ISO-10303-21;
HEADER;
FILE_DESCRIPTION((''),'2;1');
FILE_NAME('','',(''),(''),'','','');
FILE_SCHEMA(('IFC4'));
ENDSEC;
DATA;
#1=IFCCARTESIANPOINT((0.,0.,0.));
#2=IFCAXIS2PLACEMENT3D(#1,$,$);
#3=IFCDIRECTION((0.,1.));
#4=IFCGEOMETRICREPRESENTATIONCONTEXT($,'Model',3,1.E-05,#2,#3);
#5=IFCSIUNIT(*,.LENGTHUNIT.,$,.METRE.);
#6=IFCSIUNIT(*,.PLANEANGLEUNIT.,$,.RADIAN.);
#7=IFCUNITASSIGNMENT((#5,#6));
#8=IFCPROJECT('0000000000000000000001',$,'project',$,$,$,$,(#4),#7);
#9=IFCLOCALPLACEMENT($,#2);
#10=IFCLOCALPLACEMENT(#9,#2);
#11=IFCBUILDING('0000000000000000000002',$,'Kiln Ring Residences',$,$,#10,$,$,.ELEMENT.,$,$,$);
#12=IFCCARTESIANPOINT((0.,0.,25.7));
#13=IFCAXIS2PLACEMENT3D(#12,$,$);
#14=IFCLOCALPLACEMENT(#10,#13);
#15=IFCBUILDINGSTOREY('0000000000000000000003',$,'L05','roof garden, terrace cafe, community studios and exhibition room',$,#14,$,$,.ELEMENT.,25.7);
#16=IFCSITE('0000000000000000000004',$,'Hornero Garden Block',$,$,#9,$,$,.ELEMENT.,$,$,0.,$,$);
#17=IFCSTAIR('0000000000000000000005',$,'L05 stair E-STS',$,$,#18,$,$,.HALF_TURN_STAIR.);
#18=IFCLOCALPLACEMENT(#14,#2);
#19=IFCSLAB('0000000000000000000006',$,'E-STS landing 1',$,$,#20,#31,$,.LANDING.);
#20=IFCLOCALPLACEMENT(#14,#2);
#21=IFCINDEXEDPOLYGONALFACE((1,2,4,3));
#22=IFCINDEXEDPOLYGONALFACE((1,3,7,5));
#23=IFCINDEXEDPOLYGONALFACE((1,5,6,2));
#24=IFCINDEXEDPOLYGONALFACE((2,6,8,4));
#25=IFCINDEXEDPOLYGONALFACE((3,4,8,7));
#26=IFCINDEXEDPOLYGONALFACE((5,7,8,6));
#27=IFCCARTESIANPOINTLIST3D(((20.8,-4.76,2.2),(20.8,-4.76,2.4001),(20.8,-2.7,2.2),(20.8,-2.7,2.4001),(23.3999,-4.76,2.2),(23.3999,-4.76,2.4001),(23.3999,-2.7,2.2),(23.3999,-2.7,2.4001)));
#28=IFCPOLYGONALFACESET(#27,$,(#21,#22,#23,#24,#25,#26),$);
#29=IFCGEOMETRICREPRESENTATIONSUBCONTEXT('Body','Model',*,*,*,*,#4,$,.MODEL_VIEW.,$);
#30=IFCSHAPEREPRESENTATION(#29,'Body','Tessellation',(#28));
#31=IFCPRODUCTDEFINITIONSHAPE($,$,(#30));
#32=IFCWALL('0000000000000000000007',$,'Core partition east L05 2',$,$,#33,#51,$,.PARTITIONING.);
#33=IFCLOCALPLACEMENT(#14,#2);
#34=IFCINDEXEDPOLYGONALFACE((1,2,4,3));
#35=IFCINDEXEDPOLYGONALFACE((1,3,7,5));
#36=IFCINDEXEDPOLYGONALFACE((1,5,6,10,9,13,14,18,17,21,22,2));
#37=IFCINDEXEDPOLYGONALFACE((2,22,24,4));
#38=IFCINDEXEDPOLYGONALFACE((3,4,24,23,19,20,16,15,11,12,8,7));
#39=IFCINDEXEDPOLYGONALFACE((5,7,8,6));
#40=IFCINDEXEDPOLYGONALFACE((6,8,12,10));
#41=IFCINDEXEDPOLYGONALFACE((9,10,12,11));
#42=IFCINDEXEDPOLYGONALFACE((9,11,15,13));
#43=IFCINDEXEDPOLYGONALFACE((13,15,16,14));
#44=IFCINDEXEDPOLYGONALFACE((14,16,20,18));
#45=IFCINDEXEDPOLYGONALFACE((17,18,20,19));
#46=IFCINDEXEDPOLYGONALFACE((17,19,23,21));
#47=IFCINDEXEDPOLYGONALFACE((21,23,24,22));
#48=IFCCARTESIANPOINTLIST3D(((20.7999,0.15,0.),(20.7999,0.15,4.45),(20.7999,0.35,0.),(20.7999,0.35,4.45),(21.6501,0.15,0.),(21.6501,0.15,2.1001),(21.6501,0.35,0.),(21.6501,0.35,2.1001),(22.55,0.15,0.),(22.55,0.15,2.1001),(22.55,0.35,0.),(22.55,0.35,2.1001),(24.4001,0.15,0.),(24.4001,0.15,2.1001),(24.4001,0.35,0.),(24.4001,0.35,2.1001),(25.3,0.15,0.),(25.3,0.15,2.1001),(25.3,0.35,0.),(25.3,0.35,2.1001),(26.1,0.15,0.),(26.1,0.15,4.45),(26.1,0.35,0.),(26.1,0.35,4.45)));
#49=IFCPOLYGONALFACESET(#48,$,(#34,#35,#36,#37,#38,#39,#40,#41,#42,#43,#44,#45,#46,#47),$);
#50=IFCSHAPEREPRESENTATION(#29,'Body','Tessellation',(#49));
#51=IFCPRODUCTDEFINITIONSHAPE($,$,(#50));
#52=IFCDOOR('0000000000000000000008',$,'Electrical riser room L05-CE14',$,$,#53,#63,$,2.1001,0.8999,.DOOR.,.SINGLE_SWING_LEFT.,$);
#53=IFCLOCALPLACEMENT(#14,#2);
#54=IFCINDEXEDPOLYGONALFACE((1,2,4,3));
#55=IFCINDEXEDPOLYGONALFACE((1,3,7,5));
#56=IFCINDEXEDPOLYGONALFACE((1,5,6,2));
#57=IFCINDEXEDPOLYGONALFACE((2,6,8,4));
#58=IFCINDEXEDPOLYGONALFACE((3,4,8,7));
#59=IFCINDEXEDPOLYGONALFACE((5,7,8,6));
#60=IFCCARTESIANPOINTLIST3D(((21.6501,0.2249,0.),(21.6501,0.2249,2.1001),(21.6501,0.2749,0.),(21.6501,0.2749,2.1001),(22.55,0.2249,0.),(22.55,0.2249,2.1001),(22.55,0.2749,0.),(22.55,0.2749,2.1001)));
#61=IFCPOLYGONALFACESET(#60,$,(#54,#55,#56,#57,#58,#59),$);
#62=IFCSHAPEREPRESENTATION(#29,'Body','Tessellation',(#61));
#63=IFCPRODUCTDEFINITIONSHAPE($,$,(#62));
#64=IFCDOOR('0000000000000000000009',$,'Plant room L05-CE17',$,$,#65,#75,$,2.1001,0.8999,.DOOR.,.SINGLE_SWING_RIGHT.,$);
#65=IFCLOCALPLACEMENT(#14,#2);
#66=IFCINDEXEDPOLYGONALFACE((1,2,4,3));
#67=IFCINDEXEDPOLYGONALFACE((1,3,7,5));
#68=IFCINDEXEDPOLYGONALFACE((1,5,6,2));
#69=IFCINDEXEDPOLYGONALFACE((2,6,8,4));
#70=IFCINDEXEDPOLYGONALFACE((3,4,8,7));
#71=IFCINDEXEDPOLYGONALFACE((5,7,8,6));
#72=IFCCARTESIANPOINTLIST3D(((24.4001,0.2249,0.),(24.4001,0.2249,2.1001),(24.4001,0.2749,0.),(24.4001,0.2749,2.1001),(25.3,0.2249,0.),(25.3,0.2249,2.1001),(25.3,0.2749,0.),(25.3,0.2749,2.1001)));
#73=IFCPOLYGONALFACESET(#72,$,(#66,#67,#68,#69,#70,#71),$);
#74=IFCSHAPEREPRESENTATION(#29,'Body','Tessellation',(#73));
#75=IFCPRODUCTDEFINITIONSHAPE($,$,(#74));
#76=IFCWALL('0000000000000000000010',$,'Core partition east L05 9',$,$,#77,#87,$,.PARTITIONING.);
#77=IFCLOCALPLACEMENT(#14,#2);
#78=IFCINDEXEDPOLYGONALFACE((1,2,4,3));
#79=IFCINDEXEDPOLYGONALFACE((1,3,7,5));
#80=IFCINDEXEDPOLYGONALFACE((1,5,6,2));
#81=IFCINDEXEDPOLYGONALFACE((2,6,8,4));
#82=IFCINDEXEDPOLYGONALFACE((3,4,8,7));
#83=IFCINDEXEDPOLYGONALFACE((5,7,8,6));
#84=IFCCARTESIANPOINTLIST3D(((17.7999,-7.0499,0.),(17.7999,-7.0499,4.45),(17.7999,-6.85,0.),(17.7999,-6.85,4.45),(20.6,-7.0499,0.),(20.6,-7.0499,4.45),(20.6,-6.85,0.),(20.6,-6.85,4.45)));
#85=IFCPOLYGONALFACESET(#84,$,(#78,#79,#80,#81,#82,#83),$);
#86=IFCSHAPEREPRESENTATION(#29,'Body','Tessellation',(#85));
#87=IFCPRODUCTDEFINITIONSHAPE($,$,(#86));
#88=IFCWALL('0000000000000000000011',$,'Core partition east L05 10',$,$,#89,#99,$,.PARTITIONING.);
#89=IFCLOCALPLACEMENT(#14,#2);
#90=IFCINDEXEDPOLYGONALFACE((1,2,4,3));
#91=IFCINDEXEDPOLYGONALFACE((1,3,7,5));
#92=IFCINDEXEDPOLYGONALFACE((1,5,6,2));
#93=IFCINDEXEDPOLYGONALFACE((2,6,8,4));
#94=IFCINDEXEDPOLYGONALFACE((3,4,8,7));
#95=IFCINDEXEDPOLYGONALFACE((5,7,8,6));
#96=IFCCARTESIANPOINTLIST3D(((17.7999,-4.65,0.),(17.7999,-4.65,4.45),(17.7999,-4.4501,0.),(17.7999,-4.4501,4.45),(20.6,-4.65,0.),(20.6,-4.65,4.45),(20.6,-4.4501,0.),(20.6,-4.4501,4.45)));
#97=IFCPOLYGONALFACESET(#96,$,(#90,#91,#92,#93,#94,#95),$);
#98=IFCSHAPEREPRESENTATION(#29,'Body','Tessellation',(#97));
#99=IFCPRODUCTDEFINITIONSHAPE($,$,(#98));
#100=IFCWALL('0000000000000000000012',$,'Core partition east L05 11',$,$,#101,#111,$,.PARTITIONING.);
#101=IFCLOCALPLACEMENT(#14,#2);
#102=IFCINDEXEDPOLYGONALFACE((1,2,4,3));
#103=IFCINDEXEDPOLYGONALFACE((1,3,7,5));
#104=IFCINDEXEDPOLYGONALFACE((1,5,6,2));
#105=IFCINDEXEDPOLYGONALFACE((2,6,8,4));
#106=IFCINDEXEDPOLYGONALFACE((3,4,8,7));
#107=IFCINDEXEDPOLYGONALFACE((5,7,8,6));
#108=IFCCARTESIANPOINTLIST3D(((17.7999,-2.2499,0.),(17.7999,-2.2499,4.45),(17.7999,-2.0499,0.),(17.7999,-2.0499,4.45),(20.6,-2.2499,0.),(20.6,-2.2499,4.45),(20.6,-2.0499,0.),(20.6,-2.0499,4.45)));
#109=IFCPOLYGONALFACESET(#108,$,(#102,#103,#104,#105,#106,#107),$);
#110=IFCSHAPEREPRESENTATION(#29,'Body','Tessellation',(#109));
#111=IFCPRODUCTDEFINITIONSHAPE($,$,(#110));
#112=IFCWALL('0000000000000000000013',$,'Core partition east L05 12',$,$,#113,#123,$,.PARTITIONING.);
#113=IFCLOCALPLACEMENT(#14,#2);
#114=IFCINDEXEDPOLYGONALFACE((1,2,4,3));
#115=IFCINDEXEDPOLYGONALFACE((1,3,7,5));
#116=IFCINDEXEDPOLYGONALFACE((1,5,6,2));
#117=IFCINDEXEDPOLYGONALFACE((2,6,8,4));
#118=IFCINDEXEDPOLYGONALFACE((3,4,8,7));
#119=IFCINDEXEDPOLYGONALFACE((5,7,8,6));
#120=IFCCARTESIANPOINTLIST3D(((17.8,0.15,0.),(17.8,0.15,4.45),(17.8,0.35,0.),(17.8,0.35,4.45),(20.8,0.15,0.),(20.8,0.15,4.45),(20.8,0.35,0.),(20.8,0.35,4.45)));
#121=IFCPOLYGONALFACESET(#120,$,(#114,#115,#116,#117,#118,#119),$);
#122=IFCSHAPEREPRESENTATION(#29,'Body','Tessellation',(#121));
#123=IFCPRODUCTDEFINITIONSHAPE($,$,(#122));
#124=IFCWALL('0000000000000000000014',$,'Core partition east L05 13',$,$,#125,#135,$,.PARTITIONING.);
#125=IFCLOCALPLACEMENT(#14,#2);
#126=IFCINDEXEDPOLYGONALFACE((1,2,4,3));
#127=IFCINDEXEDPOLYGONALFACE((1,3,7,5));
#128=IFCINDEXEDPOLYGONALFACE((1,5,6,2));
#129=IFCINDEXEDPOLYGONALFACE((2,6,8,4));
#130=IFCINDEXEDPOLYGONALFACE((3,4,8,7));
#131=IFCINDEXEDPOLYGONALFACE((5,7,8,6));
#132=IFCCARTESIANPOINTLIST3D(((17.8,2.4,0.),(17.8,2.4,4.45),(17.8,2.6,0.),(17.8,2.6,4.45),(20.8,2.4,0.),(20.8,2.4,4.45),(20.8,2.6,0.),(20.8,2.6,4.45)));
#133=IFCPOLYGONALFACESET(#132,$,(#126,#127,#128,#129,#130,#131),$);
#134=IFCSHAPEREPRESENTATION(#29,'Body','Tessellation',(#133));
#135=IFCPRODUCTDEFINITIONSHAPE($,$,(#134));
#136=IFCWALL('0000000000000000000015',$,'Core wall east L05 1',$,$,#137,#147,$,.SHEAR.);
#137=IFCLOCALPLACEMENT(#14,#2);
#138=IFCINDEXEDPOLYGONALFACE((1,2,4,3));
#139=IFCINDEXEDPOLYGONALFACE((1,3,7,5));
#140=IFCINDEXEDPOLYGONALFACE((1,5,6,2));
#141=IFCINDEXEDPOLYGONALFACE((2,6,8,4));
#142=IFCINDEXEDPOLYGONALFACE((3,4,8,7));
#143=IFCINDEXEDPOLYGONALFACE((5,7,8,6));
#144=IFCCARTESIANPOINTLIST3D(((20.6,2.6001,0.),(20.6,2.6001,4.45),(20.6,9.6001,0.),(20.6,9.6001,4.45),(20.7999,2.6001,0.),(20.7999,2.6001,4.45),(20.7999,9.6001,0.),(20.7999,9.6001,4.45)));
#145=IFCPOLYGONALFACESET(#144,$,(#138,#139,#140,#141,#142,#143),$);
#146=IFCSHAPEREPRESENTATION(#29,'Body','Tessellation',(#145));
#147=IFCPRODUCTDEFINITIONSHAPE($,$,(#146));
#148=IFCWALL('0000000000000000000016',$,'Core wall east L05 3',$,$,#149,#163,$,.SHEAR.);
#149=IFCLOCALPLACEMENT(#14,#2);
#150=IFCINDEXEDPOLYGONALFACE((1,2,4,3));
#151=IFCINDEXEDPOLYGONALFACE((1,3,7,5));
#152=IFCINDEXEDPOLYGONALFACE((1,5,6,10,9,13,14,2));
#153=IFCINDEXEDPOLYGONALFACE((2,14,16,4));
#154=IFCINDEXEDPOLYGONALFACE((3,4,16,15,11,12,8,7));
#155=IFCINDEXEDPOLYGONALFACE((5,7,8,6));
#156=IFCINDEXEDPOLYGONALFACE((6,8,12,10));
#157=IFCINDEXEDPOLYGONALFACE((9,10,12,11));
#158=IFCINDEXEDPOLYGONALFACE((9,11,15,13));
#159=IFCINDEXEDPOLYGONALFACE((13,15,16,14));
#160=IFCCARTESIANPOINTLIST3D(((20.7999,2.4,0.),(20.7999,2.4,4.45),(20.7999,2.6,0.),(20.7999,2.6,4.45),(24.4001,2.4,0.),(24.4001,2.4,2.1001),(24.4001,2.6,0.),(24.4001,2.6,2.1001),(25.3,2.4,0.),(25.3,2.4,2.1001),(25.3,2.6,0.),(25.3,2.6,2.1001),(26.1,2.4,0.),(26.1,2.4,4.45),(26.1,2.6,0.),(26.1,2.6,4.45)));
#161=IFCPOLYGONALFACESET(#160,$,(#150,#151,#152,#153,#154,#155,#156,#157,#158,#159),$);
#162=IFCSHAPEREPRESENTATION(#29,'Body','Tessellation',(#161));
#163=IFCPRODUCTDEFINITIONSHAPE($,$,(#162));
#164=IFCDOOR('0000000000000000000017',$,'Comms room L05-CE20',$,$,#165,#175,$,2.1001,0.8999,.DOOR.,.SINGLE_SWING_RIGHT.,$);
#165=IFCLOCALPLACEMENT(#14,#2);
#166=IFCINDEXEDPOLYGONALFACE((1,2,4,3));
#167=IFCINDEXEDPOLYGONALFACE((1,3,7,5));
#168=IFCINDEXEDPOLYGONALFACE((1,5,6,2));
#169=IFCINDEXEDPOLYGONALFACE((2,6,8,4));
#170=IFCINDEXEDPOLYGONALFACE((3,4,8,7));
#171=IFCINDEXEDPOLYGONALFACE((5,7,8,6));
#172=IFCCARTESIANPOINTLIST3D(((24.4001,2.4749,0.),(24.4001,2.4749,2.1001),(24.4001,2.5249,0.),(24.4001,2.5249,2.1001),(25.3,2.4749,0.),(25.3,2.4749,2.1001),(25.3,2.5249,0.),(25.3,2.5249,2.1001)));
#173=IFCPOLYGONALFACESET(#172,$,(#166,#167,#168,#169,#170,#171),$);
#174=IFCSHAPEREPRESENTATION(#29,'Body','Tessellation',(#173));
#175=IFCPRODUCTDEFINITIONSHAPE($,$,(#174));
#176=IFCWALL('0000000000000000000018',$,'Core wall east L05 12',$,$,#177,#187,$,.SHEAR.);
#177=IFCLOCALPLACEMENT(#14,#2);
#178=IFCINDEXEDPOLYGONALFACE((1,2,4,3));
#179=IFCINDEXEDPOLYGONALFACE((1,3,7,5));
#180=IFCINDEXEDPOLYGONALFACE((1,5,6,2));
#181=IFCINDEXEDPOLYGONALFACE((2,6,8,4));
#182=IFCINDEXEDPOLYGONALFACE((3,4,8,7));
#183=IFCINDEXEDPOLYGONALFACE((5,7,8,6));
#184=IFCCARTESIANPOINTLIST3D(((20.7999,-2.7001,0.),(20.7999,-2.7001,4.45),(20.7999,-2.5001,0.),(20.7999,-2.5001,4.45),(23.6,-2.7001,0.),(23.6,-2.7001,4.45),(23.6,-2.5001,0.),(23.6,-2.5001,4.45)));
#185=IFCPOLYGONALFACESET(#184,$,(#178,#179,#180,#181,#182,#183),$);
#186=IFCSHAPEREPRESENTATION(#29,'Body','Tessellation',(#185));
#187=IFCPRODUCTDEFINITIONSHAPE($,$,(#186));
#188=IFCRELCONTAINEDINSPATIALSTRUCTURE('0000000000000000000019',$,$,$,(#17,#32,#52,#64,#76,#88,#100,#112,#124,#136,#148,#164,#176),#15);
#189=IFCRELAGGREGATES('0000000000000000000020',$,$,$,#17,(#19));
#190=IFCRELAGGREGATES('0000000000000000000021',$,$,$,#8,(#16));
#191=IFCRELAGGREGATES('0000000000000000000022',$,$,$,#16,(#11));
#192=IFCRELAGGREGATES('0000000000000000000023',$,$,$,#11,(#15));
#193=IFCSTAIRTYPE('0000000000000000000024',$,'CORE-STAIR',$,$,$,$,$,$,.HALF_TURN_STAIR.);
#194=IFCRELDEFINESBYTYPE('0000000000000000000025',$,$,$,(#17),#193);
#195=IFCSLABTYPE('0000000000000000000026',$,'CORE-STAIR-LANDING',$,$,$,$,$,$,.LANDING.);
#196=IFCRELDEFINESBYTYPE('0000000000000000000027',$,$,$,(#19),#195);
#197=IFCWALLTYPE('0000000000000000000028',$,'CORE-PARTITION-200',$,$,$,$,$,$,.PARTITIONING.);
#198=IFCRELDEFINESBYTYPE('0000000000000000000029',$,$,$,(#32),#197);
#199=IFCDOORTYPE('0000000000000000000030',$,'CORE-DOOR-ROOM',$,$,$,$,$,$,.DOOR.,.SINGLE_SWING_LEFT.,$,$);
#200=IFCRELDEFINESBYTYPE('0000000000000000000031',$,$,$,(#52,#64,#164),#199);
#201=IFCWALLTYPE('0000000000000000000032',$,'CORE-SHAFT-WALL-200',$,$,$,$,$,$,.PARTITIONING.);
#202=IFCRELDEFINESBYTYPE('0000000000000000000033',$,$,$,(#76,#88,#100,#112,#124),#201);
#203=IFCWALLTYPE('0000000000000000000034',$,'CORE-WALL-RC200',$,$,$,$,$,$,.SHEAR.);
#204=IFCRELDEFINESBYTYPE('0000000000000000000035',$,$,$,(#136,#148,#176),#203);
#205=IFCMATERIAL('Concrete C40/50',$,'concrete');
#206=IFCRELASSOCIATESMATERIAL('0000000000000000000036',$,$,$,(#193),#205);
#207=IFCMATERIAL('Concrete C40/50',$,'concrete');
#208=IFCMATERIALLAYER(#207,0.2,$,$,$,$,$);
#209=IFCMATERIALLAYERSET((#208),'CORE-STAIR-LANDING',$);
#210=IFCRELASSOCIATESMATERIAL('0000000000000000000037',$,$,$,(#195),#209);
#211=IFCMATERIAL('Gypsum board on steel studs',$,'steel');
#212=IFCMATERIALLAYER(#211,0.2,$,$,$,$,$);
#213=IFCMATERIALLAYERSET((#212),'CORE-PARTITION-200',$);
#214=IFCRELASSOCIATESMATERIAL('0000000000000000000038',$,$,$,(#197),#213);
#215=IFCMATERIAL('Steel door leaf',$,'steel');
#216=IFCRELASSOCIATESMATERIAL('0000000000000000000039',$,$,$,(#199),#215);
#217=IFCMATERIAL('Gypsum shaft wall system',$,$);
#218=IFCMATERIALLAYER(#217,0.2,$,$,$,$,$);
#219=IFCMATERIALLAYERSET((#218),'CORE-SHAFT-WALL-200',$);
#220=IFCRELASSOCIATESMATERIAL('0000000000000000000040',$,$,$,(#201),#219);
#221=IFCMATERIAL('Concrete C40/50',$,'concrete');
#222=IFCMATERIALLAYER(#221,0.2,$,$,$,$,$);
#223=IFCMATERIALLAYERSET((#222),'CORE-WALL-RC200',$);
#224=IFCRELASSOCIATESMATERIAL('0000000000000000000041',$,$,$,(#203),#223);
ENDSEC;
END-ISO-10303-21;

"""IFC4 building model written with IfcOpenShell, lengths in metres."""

from ifc_helpers import new_model, si_unit, direction, frame, frame_2d, origin, place, context, subcontext, project, spatial, polyline, rectangle, outline, extrude, material, layer, layer_set, type_object, element, fill, aggregate, save


model = new_model("IFC4")

# Units and contexts
model_context = context("Model", 3, precision=1e-05, world=origin(), true_north=direction((0.0, 1.0)))
body_context = subcontext(model_context, "Body", "Model", "MODEL_VIEW")
ifc_project = project(units=[si_unit("LENGTHUNIT", "METRE"), si_unit("PLANEANGLEUNIT", "RADIAN")], contexts=[model_context])

# Site, building, storey
site_placement = place(None, origin())
site = spatial("IfcSite", under=ifc_project, at=site_placement, Name="Hornero Garden Block", CompositionType="ELEMENT", RefElevation=0.0)
building_placement = place(site_placement, origin())
building = spatial("IfcBuilding", under=site, at=building_placement, Name="Kiln Ring Residences", CompositionType="ELEMENT")
storey_placement = place(building_placement, frame((0.0, 0.0, 25.7)))
storey = spatial("IfcBuildingStorey", under=building, at=storey_placement, Name="L05", Description="roof garden, terrace cafe, community studios and exhibition room", CompositionType="ELEMENT", Elevation=25.7)

# Stair, slab
ifc_material_1 = material(Name="Concrete C40/50", Category="concrete")
stair_type = type_object("IfcStairType", Name="CORE-STAIR", PredefinedType="HALF_TURN_STAIR", material=ifc_material_1)
placement = place(storey_placement, origin())
stair = element("IfcStair", 1, at=placement, inside=storey, type_object=stair_type, Name="L05 stair E-STS", PredefinedType="HALF_TURN_STAIR")
ifc_material_2 = material(Name="Concrete C40/50", Category="concrete")
ifc_layer_1 = layer(ifc_material_2, 0.2)
ifc_layer_set_1 = layer_set([ifc_layer_1], Name="CORE-STAIR-LANDING")
slab_type = type_object("IfcSlabType", Name="CORE-STAIR-LANDING", PredefinedType="LANDING", material=ifc_layer_set_1)
slab_placement = place(storey_placement, frame((0.0, 0.0, 2.2)))
slab = element("IfcSlab", 2, at=slab_placement, type_object=slab_type, Name="E-STS landing 1", PredefinedType="LANDING", context=body_context, shape_type="SweptSolid", body=[
    extrude(outline(polyline([(23.3999, -4.76), (23.3999, -2.7), (20.8, -2.7), (20.8, -4.76), (23.3999, -4.76)])), origin(), (0.0, 0.0, 1.0), 0.2002),
])

# Wall, openings, doors
ifc_material_3 = material(Name="Gypsum board on steel studs", Category="steel")
ifc_layer_2 = layer(ifc_material_3, 0.2)
ifc_layer_set_2 = layer_set([ifc_layer_2], Name="CORE-PARTITION-200")
wall_type_1 = type_object("IfcWallType", Name="CORE-PARTITION-200", PredefinedType="PARTITIONING", material=ifc_layer_set_2)
wall_1_placement = place(storey_placement, frame((20.8, 0.25, 0.0), z_axis=(0.0, 0.0, 1.0), x_axis=(1.0, 0.0, 0.0)))
wall_1 = element("IfcWall", 3, at=wall_1_placement, inside=storey, type_object=wall_type_1, Name="Core partition east L05 2", PredefinedType="PARTITIONING", context=body_context, shape_type="SweptSolid", body=[
    extrude(rectangle(XDim=5.3, YDim=0.2, at=frame_2d((2.6499, 0.0))), origin(), (0.0, 0.0, 1.0), 4.45),
])
opening_1_placement = place(wall_1_placement, frame((0.8501, 0.0, 0.0)))
opening_1 = element("IfcOpeningElement", 4, at=opening_1_placement, cuts=wall_1, PredefinedType="OPENING", context=body_context, shape_type="SweptSolid", body=[
    extrude(rectangle(XDim=0.8999, YDim=2.1001, at=frame_2d((0.45, 1.05))), frame((0.0, 0.1099, 0.0), z_axis=(0.0, -1.0, 0.0), x_axis=(1.0, 0.0, 0.0)), (0.0, 0.0, 1.0), 0.22),
])
opening_2_placement = place(wall_1_placement, frame((3.6001, 0.0, 0.0)))
opening_2 = element("IfcOpeningElement", 5, at=opening_2_placement, cuts=wall_1, PredefinedType="OPENING", context=body_context, shape_type="SweptSolid", body=[
    extrude(rectangle(XDim=0.8999, YDim=2.1001, at=frame_2d((0.45, 1.05))), frame((0.0, 0.1099, 0.0), z_axis=(0.0, -1.0, 0.0), x_axis=(1.0, 0.0, 0.0)), (0.0, 0.0, 1.0), 0.22),
])
ifc_material_4 = material(Name="Steel door leaf", Category="steel")
door_type = type_object("IfcDoorType", Name="CORE-DOOR-ROOM", OperationType="SINGLE_SWING_LEFT", PredefinedType="DOOR", material=ifc_material_4)
door_1_placement = place(opening_1_placement, origin())
door_1 = element("IfcDoor", 6, at=door_1_placement, inside=storey, type_object=door_type, Name="Electrical riser room L05-CE14", OperationType="SINGLE_SWING_LEFT", OverallHeight=2.1001, OverallWidth=0.8999, PredefinedType="DOOR", context=body_context, shape_type="SweptSolid", body=[
    extrude(rectangle(XDim=0.8999, YDim=2.1001, at=frame_2d((0.45, 1.05))), frame((0.0, 0.0249, 0.0), z_axis=(0.0, -1.0, 0.0), x_axis=(1.0, 0.0, 0.0)), (0.0, 0.0, 1.0), 0.05),
])
fill(opening_1, door_1)
door_2_placement = place(opening_2_placement, origin())
door_2 = element("IfcDoor", 7, at=door_2_placement, inside=storey, type_object=door_type, Name="Plant room L05-CE17", OperationType="SINGLE_SWING_RIGHT", OverallHeight=2.1001, OverallWidth=0.8999, PredefinedType="DOOR", context=body_context, shape_type="SweptSolid", body=[
    extrude(rectangle(XDim=0.8999, YDim=2.1001, at=frame_2d((0.45, 1.05))), frame((0.0, 0.0249, 0.0), z_axis=(0.0, -1.0, 0.0), x_axis=(1.0, 0.0, 0.0)), (0.0, 0.0, 1.0), 0.05),
])
fill(opening_2, door_2)

# Walls
ifc_material_5 = material(Name="Gypsum shaft wall system")
ifc_layer_3 = layer(ifc_material_5, 0.2)
ifc_layer_set_3 = layer_set([ifc_layer_3], Name="CORE-SHAFT-WALL-200")
wall_type_2 = type_object("IfcWallType", Name="CORE-SHAFT-WALL-200", PredefinedType="PARTITIONING", material=ifc_layer_set_3)
for number, where, z_axis, x_axis, name in (
    (8, (17.8, -6.95, 0.0), (0.0, 0.0, 1.0), (1.0, 0.0, 0.0), "Core partition east L05 9"),
    (9, (17.8, -4.55, 0.0), (0.0, 0.0, 1.0), (1.0, 0.0, 0.0), "Core partition east L05 10"),
    (10, (17.8, -2.1499, 0.0), (0.0, 0.0, 1.0), (1.0, 0.0, 0.0), "Core partition east L05 11"),
):
    element("IfcWall", number, at=place(storey_placement, frame(where, z_axis=z_axis, x_axis=x_axis)), inside=storey, type_object=wall_type_2, Name=name, PredefinedType="PARTITIONING", context=body_context, shape_type="SweptSolid", body=[
        extrude(rectangle(XDim=2.8, YDim=0.2, at=frame_2d((1.3999, 0.0))), origin(), (0.0, 0.0, 1.0), 4.45),
    ])
for number, where, z_axis, x_axis, name in (
    (11, (17.8, 0.25, 0.0), (0.0, 0.0, 1.0), (1.0, 0.0, 0.0), "Core partition east L05 12"),
    (12, (17.8, 2.5, 0.0), (0.0, 0.0, 1.0), (1.0, 0.0, 0.0), "Core partition east L05 13"),
):
    element("IfcWall", number, at=place(storey_placement, frame(where, z_axis=z_axis, x_axis=x_axis)), inside=storey, type_object=wall_type_2, Name=name, PredefinedType="PARTITIONING", context=body_context, shape_type="SweptSolid", body=[
        extrude(rectangle(XDim=3.0, YDim=0.2, at=frame_2d((1.5, 0.0))), origin(), (0.0, 0.0, 1.0), 4.45),
    ])
ifc_material_6 = material(Name="Concrete C40/50", Category="concrete")
ifc_layer_4 = layer(ifc_material_6, 0.2)
ifc_layer_set_4 = layer_set([ifc_layer_4], Name="CORE-WALL-RC200")
wall_type_3 = type_object("IfcWallType", Name="CORE-WALL-RC200", PredefinedType="SHEAR", material=ifc_layer_set_4)
wall_2_placement = place(storey_placement, frame((20.7, 2.6001, 0.0), z_axis=(0.0, 0.0, 1.0), x_axis=(0.0, 1.0, 0.0)))
element("IfcWall", 13, at=wall_2_placement, inside=storey, type_object=wall_type_3, Name="Core wall east L05 1", PredefinedType="SHEAR", context=body_context, shape_type="SweptSolid", body=[
    extrude(rectangle(XDim=7.0, YDim=0.2, at=frame_2d((3.5, 0.0))), origin(), (0.0, 0.0, 1.0), 4.45),
])

# Wall, opening, door
wall_3_placement = place(storey_placement, frame((20.8, 2.5, 0.0), z_axis=(0.0, 0.0, 1.0), x_axis=(1.0, 0.0, 0.0)))
wall_3 = element("IfcWall", 14, at=wall_3_placement, inside=storey, type_object=wall_type_3, Name="Core wall east L05 3", PredefinedType="SHEAR", context=body_context, shape_type="SweptSolid", body=[
    extrude(rectangle(XDim=5.3, YDim=0.2, at=frame_2d((2.6499, 0.0))), origin(), (0.0, 0.0, 1.0), 4.45),
])
opening_3_placement = place(wall_3_placement, frame((3.6001, 0.0, 0.0)))
opening_3 = element("IfcOpeningElement", 15, at=opening_3_placement, cuts=wall_3, PredefinedType="OPENING", context=body_context, shape_type="SweptSolid", body=[
    extrude(rectangle(XDim=0.8999, YDim=2.1001, at=frame_2d((0.45, 1.05))), frame((0.0, 0.1099, 0.0), z_axis=(0.0, -1.0, 0.0), x_axis=(1.0, 0.0, 0.0)), (0.0, 0.0, 1.0), 0.22),
])
door_3_placement = place(opening_3_placement, origin())
door_3 = element("IfcDoor", 16, at=door_3_placement, inside=storey, type_object=door_type, Name="Comms room L05-CE20", OperationType="SINGLE_SWING_RIGHT", OverallHeight=2.1001, OverallWidth=0.8999, PredefinedType="DOOR", context=body_context, shape_type="SweptSolid", body=[
    extrude(rectangle(XDim=0.8999, YDim=2.1001, at=frame_2d((0.45, 1.05))), frame((0.0, 0.0249, 0.0), z_axis=(0.0, -1.0, 0.0), x_axis=(1.0, 0.0, 0.0)), (0.0, 0.0, 1.0), 0.05),
])
fill(opening_3, door_3)

# Wall
wall_4_placement = place(storey_placement, frame((20.8, -2.6001, 0.0), z_axis=(0.0, 0.0, 1.0), x_axis=(1.0, 0.0, 0.0)))
element("IfcWall", 17, at=wall_4_placement, inside=storey, type_object=wall_type_3, Name="Core wall east L05 12", PredefinedType="SHEAR", context=body_context, shape_type="SweptSolid", body=[
    extrude(rectangle(XDim=2.8, YDim=0.2, at=frame_2d((1.3999, 0.0))), origin(), (0.0, 0.0, 1.0), 4.45),
])

aggregate(stair, [slab])

save(model, "model.ifc")
